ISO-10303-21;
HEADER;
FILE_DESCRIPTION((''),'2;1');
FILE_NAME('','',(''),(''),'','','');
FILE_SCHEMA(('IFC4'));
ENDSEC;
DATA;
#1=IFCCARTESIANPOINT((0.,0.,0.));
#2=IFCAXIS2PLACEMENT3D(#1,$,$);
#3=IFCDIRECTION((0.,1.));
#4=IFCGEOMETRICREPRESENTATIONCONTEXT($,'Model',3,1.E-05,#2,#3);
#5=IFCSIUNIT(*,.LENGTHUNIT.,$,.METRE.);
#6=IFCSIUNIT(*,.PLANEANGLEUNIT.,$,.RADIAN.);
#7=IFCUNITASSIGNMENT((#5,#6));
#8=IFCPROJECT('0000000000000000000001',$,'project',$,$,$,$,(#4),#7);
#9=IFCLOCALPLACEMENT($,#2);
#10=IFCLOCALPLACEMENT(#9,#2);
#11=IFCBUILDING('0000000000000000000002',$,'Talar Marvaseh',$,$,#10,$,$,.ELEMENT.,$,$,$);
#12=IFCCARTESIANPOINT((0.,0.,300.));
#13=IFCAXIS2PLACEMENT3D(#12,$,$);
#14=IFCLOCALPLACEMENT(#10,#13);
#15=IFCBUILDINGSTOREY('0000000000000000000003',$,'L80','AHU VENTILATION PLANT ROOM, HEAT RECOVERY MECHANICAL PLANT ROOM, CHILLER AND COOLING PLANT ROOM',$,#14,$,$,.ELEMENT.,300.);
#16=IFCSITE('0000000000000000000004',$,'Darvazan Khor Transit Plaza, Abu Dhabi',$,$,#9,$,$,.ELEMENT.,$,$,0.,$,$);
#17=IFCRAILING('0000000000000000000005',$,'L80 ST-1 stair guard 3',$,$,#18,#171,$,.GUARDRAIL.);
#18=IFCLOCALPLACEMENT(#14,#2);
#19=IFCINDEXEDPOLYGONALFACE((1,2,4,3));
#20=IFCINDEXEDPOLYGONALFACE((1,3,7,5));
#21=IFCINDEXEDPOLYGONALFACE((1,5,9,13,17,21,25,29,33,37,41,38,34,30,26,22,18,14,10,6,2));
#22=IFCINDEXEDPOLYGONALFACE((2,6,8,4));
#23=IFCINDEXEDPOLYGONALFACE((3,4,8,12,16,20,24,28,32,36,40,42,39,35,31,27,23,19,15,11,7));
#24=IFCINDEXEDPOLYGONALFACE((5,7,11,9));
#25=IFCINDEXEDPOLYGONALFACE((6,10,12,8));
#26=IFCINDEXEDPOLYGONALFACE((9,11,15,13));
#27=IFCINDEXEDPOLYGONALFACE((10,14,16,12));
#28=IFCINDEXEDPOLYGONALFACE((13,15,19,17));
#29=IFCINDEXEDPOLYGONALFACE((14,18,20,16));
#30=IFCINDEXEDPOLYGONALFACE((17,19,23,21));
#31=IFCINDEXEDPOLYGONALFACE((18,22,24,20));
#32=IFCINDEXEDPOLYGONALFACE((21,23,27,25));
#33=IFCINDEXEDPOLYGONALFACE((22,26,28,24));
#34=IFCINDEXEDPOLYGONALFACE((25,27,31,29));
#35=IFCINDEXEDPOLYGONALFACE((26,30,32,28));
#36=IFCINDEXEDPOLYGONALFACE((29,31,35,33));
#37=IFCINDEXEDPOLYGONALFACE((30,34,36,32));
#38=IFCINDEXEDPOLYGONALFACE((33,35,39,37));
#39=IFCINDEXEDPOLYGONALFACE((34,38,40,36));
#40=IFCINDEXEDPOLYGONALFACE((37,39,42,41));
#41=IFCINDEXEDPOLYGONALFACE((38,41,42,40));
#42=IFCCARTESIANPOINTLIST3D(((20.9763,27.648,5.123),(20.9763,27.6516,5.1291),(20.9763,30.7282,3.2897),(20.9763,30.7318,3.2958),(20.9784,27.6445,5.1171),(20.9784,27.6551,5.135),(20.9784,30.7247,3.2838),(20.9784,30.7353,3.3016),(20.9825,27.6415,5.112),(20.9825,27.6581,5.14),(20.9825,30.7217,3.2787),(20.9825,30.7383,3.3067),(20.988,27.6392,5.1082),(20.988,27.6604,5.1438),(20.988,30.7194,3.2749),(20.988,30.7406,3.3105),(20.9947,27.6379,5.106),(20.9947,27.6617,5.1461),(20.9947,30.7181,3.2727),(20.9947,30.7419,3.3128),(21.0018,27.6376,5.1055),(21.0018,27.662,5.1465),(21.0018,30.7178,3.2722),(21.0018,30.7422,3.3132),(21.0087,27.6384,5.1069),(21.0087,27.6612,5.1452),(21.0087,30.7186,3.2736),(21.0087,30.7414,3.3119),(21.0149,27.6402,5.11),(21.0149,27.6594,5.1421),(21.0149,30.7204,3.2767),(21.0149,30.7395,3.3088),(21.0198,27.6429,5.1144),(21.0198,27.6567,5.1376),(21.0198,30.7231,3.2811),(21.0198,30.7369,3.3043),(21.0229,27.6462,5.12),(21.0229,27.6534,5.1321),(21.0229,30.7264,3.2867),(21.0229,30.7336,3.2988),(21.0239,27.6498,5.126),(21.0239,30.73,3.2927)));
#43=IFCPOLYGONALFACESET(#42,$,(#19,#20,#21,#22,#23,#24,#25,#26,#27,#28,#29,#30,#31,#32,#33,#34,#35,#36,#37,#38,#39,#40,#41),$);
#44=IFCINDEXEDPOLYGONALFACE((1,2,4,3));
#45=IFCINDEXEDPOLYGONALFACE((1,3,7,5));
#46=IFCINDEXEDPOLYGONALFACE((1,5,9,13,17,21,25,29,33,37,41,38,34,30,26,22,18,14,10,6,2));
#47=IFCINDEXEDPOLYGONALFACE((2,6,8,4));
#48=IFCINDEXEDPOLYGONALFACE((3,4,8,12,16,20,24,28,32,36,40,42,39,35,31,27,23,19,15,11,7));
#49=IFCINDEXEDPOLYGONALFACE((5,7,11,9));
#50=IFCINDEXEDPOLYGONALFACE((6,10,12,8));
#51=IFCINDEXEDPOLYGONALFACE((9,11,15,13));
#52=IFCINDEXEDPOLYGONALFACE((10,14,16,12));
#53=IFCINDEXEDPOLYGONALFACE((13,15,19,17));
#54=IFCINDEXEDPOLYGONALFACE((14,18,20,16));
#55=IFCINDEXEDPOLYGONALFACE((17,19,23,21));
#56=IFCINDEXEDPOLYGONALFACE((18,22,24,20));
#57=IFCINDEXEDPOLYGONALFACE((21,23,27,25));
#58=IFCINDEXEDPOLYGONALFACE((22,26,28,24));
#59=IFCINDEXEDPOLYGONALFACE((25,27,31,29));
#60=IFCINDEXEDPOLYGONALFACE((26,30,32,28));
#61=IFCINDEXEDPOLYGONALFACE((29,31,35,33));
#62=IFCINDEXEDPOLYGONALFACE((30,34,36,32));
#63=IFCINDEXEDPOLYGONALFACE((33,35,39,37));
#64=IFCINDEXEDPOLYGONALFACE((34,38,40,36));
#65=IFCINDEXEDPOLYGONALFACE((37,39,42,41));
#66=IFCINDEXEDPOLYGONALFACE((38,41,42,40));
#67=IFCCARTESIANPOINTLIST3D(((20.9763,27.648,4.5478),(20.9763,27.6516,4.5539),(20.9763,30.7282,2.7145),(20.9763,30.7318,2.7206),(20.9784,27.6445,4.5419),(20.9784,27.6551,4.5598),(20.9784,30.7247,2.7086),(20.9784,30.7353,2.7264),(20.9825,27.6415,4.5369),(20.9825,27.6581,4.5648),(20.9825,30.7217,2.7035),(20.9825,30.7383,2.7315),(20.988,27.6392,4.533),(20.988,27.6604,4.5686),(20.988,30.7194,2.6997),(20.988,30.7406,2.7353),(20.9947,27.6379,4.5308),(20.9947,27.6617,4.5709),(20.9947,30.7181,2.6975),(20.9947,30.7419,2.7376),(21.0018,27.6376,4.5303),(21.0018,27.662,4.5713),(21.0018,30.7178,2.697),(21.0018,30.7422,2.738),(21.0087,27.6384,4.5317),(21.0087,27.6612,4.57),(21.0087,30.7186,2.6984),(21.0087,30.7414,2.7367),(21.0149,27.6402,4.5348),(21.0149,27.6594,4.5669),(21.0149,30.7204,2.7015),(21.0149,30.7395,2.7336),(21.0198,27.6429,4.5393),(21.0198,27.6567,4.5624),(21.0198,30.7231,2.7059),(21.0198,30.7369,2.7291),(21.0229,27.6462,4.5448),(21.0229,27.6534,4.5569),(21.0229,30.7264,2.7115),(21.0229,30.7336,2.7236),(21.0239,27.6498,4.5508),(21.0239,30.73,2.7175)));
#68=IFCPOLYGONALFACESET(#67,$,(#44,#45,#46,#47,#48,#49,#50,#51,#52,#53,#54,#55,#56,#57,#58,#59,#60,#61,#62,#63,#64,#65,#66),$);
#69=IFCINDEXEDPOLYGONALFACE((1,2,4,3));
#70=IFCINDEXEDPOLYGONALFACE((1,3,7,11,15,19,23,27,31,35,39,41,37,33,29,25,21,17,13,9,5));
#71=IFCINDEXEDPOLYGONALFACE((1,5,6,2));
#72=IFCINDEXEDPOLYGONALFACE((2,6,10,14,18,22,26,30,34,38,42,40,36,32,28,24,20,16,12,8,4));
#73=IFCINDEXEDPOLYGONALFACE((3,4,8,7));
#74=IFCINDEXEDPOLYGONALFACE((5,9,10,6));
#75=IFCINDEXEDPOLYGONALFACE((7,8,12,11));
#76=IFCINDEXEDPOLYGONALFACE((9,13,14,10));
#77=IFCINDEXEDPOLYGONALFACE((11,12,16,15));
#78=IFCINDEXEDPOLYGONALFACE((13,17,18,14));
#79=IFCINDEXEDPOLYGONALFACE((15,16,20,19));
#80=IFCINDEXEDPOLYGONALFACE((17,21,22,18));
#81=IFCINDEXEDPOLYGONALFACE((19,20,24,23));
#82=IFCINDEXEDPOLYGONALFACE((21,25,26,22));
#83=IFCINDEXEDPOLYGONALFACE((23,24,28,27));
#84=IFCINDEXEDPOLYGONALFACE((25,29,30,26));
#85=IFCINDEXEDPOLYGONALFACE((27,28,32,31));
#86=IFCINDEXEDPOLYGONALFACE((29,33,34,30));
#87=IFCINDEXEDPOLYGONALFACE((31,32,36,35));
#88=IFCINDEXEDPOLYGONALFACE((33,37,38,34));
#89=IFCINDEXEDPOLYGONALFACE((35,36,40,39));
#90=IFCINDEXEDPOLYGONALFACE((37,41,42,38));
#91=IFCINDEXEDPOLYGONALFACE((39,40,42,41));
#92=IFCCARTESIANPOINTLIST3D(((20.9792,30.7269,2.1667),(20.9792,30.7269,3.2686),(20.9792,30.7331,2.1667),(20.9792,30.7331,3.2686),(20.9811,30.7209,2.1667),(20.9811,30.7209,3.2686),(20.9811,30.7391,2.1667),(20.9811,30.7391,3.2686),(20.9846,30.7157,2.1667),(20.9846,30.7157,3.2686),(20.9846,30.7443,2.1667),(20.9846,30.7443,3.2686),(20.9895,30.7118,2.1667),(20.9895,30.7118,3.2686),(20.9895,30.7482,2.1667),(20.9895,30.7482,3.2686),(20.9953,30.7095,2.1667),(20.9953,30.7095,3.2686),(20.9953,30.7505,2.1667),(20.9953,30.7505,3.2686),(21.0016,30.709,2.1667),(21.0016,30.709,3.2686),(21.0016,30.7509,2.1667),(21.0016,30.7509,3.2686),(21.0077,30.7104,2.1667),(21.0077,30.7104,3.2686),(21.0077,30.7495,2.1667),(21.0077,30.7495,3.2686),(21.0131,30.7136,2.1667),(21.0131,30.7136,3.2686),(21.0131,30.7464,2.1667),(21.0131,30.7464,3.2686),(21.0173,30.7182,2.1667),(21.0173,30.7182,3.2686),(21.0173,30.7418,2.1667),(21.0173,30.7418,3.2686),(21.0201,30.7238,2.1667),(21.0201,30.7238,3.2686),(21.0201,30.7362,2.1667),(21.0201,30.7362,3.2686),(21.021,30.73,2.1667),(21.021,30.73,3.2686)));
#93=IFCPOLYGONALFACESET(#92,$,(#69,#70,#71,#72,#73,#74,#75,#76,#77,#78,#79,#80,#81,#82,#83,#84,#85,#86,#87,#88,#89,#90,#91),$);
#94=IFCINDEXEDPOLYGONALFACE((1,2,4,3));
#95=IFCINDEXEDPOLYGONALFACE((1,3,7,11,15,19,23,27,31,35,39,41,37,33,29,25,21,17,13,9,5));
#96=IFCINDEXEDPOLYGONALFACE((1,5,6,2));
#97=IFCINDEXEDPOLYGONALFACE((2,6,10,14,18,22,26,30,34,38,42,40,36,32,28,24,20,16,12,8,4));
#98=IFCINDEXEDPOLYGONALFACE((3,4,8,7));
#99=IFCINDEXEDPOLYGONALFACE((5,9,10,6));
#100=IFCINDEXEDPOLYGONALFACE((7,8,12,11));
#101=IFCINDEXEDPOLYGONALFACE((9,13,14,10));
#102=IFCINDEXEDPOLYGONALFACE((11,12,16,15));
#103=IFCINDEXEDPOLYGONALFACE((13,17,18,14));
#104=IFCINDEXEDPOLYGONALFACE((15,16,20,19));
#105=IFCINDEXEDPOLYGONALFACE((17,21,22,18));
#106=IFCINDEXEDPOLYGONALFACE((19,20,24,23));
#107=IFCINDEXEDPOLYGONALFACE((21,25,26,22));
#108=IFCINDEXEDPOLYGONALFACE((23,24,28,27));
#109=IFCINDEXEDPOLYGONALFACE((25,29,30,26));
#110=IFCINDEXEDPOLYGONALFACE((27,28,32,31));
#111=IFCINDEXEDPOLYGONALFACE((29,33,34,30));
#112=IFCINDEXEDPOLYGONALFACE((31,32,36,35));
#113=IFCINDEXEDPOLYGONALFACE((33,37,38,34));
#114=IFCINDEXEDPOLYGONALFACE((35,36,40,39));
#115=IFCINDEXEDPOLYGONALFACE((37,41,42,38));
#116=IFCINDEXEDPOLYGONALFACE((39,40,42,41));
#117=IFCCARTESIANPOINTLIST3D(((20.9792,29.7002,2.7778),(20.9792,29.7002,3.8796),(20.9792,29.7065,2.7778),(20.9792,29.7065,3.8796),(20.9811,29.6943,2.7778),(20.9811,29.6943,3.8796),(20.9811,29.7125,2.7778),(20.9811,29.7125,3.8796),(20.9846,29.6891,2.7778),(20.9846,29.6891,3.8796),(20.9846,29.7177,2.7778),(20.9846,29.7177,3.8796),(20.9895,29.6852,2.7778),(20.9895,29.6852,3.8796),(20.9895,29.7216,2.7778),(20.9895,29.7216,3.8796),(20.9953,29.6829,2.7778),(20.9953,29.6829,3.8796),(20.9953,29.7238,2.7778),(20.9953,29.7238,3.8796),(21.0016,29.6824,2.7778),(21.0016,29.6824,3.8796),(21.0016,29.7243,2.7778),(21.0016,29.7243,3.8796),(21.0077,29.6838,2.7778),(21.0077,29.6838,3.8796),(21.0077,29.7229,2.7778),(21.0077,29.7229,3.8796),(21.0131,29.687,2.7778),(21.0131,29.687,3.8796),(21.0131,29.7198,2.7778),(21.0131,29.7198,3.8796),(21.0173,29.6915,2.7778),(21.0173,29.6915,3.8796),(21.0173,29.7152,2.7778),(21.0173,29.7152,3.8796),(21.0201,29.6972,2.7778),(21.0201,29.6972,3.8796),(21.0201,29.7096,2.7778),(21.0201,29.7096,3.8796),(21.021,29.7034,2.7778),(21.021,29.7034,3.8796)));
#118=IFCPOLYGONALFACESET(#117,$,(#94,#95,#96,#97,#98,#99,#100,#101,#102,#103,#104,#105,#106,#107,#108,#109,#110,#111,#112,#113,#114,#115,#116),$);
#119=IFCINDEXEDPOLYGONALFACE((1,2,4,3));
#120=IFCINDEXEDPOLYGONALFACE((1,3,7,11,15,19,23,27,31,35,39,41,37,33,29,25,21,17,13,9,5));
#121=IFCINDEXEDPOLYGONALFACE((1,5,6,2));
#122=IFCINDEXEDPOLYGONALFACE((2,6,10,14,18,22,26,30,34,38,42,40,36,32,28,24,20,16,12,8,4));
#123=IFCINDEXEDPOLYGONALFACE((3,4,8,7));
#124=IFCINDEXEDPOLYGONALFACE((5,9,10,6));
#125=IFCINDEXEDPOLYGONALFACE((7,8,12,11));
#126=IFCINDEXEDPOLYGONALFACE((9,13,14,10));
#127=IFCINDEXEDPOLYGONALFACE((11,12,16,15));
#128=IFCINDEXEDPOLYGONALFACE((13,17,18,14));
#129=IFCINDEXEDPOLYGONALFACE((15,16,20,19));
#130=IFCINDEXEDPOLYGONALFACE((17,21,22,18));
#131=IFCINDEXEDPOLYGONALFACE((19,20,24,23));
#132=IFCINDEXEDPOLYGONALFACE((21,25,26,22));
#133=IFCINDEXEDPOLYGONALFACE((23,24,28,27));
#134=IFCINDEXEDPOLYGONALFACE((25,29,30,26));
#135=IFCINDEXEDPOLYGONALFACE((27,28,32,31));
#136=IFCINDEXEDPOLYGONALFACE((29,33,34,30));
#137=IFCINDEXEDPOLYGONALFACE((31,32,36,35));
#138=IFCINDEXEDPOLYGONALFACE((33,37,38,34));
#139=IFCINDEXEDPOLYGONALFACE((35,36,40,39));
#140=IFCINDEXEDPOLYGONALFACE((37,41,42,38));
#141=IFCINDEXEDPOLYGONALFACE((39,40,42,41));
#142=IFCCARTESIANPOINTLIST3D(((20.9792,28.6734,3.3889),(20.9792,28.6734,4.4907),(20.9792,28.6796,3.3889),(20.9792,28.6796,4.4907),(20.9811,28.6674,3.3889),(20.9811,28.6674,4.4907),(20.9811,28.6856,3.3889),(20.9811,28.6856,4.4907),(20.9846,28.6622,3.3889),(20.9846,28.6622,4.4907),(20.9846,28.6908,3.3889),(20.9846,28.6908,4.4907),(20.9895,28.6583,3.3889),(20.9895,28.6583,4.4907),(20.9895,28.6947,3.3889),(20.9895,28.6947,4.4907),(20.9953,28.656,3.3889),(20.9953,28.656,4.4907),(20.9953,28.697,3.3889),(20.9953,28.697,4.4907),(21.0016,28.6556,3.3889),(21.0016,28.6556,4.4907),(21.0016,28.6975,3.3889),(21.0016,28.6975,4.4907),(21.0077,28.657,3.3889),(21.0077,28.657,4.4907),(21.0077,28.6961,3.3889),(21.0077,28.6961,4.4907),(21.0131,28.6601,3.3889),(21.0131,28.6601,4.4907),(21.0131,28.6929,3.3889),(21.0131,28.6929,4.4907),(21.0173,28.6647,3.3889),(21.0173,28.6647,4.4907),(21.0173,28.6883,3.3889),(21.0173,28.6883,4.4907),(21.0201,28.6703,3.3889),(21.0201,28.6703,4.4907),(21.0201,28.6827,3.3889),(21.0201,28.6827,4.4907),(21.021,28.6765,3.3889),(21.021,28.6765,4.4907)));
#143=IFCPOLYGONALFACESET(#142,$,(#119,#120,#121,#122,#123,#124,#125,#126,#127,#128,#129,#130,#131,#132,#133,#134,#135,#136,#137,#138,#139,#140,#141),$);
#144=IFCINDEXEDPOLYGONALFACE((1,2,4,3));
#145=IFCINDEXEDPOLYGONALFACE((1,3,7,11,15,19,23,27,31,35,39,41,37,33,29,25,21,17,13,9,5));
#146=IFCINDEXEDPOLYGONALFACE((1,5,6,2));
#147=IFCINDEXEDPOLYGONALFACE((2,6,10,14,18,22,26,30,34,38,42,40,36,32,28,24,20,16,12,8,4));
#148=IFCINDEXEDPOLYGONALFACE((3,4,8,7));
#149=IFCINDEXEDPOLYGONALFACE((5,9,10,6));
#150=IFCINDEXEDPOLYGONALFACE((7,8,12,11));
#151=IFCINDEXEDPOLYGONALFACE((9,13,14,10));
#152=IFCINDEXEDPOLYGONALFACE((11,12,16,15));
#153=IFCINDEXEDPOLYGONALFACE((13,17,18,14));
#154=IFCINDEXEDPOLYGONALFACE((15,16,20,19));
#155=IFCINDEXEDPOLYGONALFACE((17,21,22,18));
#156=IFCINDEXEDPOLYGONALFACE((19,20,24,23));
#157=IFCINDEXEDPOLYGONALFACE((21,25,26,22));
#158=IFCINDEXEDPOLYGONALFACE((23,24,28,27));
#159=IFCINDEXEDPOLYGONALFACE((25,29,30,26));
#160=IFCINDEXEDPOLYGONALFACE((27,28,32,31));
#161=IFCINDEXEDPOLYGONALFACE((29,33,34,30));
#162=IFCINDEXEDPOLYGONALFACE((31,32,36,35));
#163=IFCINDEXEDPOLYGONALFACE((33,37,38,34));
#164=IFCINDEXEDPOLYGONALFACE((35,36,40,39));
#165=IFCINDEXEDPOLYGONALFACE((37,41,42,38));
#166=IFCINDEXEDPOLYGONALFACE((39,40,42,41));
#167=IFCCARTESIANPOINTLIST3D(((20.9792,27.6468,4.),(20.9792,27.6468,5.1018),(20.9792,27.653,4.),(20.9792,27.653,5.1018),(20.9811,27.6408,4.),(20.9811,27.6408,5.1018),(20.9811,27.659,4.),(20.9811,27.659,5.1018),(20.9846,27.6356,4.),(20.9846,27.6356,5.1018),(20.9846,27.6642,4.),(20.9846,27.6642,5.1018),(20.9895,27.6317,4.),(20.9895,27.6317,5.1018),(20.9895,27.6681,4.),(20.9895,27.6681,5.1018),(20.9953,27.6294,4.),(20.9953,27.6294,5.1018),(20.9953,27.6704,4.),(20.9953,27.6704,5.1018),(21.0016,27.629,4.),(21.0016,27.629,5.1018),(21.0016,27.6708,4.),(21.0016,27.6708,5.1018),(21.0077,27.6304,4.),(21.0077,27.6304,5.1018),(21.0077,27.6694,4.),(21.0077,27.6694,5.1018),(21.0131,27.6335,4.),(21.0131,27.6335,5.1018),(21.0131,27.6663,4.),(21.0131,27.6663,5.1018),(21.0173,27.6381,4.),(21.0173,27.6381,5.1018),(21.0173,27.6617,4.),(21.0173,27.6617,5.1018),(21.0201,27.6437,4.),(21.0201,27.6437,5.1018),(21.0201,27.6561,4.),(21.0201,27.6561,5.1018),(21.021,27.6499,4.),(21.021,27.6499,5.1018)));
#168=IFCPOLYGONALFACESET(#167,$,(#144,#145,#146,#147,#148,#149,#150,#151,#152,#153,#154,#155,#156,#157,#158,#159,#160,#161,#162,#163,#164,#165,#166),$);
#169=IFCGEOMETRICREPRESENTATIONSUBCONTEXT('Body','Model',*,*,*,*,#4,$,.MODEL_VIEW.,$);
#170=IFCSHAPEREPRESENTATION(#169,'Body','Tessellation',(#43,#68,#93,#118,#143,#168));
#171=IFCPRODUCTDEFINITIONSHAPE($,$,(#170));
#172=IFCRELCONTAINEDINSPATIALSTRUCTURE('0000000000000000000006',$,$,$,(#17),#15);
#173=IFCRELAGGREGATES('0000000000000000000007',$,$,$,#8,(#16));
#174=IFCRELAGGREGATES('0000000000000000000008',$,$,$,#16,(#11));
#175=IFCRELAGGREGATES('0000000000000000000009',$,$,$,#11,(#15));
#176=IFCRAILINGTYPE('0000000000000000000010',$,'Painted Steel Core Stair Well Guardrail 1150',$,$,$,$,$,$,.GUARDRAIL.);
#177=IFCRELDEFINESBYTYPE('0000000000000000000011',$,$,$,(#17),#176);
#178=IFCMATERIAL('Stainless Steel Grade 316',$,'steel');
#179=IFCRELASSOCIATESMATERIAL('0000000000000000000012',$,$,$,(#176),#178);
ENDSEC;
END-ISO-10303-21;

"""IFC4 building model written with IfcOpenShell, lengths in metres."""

from ifc_helpers import new_model, si_unit, direction, frame, origin, origin_2d, place, context, subcontext, project, spatial, circle, extrude, material, type_object, element, save


model = new_model("IFC4")

# Units and contexts
model_context = context("Model", 3, precision=1e-05, world=origin(), true_north=direction((0.0, 1.0)))
body_context = subcontext(model_context, "Body", "Model", "MODEL_VIEW")
ifc_project = project(units=[si_unit("LENGTHUNIT", "METRE"), si_unit("PLANEANGLEUNIT", "RADIAN")], contexts=[model_context])

# Site, building, storey
site_placement = place(None, origin())
site = spatial("IfcSite", under=ifc_project, at=site_placement, Name="Darvazan Khor Transit Plaza, Abu Dhabi", CompositionType="ELEMENT", RefElevation=0.0)
building_placement = place(site_placement, origin())
building = spatial("IfcBuilding", under=site, at=building_placement, Name="Talar Marvaseh", CompositionType="ELEMENT")
storey_placement = place(building_placement, frame((0.0, 0.0, 300.0)))
storey = spatial("IfcBuildingStorey", under=building, at=storey_placement, Name="L80", Description="AHU VENTILATION PLANT ROOM, HEAT RECOVERY MECHANICAL PLANT ROOM, CHILLER AND COOLING PLANT ROOM", CompositionType="ELEMENT", Elevation=300.0)

# Shared definitions
ifc_material_1 = material(Name="Stainless Steel Grade 316", Category="steel")

# Railing
railing_type_1 = type_object("IfcRailingType", Name="Painted Steel Core Stair Well Guardrail 1150", PredefinedType="GUARDRAIL", material=ifc_material_1)
railing_1_placement = place(storey_placement, frame((21.0, 30.73, 2.1667)))
element("IfcRailing", 1, at=railing_1_placement, inside=storey, type_object=railing_type_1, Name="L80 ST-1 stair guard 3", PredefinedType="GUARDRAIL", context=body_context, shape_type="SweptSolid", body=[
    extrude(circle(Radius=0.0239, at=origin_2d()), frame((0.0, 0.0, 1.126), z_axis=(0.0, -0.859309, 0.511458), x_axis=(1.0, 0.0, 0.0)), (0.0, 0.0, 1.0), 3.5845),
    extrude(circle(Radius=0.0239, at=origin_2d()), frame((0.0, 0.0, 0.5508), z_axis=(0.0, -0.859309, 0.511458), x_axis=(1.0, 0.0, 0.0)), (0.0, 0.0, 1.0), 3.5845),
    extrude(circle(Radius=0.021, at=origin_2d()), origin(), (0.0, 0.0, 1.0), 1.1018),
    extrude(circle(Radius=0.021, at=origin_2d()), frame((0.0, -1.0266, 0.6111)), (0.0, 0.0, 1.0), 1.1018),
    extrude(circle(Radius=0.021, at=origin_2d()), frame((0.0, -2.0535, 1.2222)), (0.0, 0.0, 1.0), 1.1018),
    extrude(circle(Radius=0.021, at=origin_2d()), frame((0.0, -3.0801, 1.8333)), (0.0, 0.0, 1.0), 1.1018),
])

save(model, "model.ifc")
